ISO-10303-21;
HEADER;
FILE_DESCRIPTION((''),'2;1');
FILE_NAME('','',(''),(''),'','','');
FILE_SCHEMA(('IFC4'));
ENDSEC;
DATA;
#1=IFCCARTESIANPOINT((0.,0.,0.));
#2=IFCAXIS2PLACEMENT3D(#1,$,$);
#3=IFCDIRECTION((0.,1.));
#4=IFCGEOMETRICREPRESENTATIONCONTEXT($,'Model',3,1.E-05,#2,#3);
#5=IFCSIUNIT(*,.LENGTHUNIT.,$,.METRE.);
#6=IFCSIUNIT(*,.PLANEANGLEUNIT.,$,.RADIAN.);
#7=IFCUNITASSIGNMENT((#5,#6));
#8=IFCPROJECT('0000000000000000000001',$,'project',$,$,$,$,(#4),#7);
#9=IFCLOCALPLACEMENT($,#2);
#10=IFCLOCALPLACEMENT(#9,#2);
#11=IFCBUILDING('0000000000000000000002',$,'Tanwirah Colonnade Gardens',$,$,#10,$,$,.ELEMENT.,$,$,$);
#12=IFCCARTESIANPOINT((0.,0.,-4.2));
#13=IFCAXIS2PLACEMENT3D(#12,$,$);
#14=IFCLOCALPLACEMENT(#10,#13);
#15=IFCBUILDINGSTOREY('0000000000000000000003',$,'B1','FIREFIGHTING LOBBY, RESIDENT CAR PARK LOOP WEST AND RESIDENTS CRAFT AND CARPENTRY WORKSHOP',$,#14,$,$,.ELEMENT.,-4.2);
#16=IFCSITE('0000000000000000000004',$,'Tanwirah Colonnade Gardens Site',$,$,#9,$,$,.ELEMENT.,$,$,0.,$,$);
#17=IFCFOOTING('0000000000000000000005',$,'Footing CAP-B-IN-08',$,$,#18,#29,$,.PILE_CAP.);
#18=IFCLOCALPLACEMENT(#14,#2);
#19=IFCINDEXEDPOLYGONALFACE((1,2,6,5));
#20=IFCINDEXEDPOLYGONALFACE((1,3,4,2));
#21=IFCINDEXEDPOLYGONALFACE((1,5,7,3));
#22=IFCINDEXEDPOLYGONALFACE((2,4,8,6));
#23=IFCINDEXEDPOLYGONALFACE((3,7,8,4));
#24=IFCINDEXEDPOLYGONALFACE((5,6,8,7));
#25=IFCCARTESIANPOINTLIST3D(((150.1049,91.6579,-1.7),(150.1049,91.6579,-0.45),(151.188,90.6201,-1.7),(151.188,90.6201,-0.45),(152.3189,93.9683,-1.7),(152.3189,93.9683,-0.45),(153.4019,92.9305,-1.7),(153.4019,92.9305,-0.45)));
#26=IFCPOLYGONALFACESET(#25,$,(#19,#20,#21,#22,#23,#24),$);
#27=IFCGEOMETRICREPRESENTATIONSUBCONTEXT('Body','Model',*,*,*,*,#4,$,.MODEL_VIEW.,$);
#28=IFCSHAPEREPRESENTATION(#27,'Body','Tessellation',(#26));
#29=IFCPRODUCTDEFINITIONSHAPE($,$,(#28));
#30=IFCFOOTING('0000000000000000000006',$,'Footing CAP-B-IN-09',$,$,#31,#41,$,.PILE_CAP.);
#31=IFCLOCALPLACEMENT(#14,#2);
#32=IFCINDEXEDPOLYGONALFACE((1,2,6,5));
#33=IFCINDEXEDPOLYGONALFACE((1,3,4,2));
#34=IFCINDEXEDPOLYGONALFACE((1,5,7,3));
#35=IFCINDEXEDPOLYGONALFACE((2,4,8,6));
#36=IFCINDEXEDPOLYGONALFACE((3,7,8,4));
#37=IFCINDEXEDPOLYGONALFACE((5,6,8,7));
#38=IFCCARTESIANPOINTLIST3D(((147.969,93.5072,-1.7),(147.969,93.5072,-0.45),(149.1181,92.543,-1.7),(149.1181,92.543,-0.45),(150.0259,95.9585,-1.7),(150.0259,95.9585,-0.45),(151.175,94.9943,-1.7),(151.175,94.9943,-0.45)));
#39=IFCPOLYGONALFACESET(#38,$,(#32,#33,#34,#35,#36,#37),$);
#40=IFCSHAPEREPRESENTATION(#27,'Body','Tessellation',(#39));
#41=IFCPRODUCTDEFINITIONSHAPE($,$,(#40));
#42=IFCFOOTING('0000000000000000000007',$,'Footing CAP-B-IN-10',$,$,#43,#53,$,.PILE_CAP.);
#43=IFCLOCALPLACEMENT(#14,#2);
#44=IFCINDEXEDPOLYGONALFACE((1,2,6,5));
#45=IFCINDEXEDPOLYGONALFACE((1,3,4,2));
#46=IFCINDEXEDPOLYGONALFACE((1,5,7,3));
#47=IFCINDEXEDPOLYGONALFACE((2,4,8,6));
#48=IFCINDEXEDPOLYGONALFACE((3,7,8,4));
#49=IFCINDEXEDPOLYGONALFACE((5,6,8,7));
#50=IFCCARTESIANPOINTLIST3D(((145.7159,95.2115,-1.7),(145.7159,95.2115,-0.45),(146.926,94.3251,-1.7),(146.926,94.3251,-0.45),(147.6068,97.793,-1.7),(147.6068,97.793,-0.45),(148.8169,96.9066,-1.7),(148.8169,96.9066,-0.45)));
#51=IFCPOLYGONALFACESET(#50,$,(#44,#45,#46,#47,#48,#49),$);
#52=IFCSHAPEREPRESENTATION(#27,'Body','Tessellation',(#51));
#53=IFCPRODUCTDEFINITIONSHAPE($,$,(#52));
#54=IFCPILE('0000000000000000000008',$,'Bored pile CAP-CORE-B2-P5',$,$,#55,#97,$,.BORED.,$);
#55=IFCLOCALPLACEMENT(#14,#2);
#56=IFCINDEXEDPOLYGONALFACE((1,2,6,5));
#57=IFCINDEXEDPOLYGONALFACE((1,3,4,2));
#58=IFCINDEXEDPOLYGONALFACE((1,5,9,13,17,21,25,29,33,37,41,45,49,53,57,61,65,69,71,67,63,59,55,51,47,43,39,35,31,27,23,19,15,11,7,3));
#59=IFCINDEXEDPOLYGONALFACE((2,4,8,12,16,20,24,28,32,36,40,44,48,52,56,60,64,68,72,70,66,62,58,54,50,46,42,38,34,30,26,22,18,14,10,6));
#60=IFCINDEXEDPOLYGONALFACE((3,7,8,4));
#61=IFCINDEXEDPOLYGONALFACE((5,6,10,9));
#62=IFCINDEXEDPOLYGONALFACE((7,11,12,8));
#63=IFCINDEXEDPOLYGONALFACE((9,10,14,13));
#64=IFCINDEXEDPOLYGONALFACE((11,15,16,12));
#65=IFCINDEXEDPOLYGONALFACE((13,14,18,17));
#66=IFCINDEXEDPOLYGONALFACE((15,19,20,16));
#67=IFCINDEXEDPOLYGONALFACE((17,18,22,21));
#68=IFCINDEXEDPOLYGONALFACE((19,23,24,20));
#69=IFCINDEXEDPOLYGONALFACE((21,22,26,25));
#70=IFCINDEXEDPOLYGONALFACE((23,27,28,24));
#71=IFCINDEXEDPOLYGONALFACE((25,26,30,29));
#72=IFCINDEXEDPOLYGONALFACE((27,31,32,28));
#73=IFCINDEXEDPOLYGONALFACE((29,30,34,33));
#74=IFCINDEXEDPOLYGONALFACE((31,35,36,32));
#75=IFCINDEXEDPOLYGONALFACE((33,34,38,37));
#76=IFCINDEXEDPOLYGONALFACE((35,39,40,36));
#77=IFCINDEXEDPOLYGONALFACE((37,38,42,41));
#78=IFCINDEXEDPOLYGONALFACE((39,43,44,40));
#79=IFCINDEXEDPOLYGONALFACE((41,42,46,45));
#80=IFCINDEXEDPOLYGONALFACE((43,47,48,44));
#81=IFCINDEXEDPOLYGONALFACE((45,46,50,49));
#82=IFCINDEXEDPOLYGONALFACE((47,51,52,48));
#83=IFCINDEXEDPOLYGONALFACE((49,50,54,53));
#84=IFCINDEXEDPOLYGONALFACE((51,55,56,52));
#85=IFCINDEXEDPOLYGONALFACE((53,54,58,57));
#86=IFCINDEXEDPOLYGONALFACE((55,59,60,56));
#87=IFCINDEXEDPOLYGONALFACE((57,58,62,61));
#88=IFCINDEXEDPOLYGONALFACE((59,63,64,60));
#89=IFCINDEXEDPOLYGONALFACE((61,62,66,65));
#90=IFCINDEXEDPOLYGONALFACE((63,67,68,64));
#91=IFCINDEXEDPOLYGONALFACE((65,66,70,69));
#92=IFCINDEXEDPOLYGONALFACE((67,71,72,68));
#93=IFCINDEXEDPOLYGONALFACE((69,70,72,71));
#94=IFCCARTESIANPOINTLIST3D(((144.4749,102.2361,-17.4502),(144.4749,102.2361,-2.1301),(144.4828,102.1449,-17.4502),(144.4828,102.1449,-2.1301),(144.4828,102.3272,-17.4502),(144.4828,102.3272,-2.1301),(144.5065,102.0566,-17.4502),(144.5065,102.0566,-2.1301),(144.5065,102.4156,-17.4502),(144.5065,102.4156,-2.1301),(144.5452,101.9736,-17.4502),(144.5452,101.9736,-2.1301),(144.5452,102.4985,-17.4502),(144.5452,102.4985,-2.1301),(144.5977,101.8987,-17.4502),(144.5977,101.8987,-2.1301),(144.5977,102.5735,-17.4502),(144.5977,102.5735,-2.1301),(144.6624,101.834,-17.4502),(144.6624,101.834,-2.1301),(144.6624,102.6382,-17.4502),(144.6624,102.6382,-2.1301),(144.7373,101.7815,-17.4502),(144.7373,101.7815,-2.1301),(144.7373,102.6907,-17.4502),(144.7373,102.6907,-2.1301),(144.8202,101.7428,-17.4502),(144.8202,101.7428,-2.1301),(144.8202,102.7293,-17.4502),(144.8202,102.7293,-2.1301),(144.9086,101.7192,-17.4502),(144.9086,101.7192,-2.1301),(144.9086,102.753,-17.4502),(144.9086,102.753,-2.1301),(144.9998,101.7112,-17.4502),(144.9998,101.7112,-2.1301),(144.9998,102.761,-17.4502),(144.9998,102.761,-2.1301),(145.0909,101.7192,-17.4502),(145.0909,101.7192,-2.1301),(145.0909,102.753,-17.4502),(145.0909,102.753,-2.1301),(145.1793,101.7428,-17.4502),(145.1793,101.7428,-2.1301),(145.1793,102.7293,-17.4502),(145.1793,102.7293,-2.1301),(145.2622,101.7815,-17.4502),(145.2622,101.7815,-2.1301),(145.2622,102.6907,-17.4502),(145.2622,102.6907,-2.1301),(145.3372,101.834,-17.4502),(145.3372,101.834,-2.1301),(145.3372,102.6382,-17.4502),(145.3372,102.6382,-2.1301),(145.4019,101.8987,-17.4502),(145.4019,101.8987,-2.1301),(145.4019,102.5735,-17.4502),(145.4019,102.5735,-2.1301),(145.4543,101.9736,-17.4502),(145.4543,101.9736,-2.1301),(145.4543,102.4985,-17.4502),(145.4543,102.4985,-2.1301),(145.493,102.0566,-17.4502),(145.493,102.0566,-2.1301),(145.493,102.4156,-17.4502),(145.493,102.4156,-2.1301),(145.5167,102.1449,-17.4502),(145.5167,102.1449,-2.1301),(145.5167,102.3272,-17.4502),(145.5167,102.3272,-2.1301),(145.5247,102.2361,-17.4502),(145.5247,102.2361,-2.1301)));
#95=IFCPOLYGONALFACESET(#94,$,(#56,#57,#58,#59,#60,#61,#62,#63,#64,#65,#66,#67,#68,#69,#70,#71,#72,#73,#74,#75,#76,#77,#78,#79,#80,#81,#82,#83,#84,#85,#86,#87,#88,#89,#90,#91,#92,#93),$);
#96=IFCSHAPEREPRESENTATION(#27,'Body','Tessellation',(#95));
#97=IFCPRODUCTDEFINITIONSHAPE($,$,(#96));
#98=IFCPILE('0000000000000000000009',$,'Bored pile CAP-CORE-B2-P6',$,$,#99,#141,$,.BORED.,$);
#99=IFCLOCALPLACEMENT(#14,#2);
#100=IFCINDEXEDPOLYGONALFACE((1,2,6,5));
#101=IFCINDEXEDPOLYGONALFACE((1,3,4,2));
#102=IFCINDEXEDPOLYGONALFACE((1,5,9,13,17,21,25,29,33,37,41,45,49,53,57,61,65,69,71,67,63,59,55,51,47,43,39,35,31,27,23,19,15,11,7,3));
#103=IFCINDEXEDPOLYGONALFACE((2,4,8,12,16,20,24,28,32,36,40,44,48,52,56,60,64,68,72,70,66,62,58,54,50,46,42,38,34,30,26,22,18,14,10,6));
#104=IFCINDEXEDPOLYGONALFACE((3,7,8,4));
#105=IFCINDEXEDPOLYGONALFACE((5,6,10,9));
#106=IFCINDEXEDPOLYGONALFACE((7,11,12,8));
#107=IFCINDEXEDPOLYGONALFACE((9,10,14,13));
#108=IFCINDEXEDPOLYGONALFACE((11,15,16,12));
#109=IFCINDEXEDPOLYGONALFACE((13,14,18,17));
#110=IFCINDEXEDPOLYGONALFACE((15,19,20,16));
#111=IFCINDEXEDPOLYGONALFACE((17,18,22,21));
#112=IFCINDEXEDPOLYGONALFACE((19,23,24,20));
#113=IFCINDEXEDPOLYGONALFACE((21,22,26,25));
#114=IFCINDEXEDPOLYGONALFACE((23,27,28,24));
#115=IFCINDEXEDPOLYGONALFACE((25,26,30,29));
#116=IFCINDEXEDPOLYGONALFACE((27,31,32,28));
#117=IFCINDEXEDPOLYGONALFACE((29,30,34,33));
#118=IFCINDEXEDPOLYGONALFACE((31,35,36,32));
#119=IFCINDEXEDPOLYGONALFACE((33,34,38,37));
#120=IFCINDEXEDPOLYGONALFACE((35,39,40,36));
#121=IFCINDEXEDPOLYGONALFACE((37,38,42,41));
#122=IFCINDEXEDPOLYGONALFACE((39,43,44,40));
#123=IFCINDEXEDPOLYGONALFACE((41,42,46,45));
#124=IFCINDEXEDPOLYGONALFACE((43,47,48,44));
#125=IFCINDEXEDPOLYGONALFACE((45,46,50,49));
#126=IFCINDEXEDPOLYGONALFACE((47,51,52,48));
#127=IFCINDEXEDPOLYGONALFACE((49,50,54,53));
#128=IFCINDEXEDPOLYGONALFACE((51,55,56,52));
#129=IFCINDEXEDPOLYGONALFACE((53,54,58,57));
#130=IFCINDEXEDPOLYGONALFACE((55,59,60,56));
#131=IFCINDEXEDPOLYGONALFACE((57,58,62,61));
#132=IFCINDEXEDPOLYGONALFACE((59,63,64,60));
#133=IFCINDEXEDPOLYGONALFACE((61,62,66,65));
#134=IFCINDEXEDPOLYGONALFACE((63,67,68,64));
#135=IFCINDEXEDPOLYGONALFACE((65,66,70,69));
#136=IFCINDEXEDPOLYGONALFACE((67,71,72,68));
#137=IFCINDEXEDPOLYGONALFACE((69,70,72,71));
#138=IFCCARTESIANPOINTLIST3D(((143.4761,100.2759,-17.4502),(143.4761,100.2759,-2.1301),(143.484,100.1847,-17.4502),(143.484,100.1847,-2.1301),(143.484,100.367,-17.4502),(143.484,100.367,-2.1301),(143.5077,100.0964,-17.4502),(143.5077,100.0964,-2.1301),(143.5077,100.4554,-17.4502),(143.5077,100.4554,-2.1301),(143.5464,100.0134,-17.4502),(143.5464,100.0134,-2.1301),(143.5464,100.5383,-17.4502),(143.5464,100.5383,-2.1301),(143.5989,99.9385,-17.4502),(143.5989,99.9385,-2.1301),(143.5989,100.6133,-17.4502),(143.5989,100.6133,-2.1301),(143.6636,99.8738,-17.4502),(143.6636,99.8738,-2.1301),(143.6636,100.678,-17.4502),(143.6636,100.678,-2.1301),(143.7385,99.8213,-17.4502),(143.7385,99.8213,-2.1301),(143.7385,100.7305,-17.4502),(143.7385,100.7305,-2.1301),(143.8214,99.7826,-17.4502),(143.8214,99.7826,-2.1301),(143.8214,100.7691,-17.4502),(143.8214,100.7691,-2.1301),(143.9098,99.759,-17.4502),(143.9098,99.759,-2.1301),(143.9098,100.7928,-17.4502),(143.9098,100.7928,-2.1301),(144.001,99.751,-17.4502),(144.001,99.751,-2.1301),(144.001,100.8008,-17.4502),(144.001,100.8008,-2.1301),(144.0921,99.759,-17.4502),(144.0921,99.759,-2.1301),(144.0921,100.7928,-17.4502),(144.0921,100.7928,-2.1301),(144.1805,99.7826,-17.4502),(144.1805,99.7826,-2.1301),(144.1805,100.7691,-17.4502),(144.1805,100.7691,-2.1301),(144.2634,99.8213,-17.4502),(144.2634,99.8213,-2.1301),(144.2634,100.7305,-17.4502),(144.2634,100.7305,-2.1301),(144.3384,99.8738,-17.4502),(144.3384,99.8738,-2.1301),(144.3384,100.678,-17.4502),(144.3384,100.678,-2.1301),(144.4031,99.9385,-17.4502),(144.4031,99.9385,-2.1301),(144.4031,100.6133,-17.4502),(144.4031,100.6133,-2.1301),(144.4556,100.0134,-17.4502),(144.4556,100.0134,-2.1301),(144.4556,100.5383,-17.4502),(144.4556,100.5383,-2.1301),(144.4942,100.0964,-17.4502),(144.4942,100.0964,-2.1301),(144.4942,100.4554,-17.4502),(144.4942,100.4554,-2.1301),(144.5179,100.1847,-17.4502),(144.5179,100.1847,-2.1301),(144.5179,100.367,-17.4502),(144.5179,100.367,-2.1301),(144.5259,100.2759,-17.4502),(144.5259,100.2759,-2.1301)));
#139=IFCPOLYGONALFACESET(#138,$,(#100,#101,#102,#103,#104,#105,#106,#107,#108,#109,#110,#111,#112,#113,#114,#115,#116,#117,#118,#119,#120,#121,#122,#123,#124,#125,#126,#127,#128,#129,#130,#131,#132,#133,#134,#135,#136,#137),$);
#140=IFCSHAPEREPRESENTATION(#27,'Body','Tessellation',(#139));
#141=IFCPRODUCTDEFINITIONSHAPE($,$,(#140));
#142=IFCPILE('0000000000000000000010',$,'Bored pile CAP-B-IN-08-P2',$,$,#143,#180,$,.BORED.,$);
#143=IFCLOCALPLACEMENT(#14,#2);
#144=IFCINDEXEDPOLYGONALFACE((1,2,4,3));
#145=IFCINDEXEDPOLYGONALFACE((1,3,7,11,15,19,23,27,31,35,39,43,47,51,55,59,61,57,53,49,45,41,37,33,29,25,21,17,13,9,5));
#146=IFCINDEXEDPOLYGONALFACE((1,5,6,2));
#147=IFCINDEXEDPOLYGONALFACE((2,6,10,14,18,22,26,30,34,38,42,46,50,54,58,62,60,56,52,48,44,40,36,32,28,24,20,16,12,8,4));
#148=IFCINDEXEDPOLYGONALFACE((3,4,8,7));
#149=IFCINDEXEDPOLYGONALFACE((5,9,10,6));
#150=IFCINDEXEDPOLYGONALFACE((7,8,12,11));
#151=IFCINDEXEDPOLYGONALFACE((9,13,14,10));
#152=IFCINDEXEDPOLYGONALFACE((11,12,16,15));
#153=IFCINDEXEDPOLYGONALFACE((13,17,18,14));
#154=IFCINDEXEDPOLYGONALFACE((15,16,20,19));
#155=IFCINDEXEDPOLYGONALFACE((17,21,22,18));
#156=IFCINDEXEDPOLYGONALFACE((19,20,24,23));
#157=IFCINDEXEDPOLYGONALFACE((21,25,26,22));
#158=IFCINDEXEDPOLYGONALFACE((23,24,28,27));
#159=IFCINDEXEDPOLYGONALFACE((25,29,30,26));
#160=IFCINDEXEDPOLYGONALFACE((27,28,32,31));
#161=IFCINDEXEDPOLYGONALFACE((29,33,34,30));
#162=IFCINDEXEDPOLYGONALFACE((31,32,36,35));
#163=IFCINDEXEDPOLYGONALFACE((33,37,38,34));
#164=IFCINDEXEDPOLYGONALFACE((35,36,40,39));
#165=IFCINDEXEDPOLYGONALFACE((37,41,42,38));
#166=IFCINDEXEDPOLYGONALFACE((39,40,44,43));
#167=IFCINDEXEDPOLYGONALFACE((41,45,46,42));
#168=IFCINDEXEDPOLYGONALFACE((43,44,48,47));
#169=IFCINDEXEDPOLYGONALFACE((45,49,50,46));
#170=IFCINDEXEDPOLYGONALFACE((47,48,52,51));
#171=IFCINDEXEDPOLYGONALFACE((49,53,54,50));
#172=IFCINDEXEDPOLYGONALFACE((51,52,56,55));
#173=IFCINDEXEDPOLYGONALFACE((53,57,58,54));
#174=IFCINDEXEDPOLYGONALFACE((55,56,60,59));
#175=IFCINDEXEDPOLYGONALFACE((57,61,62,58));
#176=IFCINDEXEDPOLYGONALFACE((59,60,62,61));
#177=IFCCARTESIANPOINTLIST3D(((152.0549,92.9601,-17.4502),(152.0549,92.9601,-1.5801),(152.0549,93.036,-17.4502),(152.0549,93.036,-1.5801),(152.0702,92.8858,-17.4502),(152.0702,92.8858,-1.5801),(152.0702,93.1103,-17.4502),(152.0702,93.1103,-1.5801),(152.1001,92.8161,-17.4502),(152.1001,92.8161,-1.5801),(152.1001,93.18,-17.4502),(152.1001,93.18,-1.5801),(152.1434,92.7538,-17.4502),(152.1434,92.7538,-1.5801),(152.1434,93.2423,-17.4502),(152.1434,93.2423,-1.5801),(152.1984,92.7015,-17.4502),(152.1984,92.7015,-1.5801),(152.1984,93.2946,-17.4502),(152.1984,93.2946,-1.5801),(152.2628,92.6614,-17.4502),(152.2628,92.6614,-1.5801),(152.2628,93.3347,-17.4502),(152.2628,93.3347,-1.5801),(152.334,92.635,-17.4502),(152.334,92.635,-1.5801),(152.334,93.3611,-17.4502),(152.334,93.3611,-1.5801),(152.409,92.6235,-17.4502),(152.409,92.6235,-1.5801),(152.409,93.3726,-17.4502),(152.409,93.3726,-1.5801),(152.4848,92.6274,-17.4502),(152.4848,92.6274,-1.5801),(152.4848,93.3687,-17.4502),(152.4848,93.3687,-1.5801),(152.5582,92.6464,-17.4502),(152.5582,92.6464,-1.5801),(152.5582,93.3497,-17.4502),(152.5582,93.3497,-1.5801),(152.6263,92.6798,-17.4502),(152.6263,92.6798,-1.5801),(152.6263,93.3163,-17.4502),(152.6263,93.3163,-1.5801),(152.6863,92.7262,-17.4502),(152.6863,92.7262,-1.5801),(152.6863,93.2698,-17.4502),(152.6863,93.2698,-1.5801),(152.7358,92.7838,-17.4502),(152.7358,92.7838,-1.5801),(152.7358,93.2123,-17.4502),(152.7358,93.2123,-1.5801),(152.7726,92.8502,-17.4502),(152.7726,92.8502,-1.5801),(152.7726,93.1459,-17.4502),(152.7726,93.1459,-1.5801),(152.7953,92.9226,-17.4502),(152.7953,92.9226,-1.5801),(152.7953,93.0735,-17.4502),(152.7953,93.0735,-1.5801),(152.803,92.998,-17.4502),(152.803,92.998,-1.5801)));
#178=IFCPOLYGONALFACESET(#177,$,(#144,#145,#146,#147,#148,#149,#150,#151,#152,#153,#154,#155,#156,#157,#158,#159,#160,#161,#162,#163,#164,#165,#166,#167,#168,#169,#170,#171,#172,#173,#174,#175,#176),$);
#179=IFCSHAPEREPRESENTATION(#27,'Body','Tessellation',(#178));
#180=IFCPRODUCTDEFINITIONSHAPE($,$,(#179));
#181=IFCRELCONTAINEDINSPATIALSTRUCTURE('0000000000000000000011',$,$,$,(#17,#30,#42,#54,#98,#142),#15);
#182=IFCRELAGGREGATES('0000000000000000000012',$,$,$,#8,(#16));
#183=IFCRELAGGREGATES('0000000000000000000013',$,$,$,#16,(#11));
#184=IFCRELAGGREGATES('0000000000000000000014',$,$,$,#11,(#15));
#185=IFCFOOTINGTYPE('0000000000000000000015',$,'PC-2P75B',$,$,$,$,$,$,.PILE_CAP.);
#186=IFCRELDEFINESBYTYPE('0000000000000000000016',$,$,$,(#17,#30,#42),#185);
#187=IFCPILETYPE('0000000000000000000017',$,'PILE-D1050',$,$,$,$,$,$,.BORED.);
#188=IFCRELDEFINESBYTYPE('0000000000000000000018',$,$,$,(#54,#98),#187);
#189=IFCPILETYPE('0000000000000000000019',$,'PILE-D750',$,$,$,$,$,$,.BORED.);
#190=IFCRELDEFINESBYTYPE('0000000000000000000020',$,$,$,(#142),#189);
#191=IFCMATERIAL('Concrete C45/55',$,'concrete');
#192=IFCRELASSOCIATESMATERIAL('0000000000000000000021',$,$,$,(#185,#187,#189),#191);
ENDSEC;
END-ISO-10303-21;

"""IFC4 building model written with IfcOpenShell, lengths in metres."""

from ifc_helpers import new_model, si_unit, direction, frame, origin, origin_2d, place, context, subcontext, project, spatial, rectangle, circle, extrude, material, material_profile, profile_set, type_object, element, save


model = new_model("IFC4")

# Units and contexts
model_context = context("Model", 3, precision=1e-05, world=origin(), true_north=direction((0.0, 1.0)))
body_context = subcontext(model_context, "Body", "Model", "MODEL_VIEW")
ifc_project = project(units=[si_unit("LENGTHUNIT", "METRE"), si_unit("PLANEANGLEUNIT", "RADIAN")], contexts=[model_context])

# Site, building, storey
site_placement = place(None, origin())
site = spatial("IfcSite", under=ifc_project, at=site_placement, Name="Tanwirah Colonnade Gardens Site", CompositionType="ELEMENT", RefElevation=0.0)
building_placement = place(site_placement, origin())
building = spatial("IfcBuilding", under=site, at=building_placement, Name="Tanwirah Colonnade Gardens", CompositionType="ELEMENT")
storey_placement = place(building_placement, frame((0.0, 0.0, -4.2)))
storey = spatial("IfcBuildingStorey", under=building, at=storey_placement, Name="B1", Description="FIREFIGHTING LOBBY, RESIDENT CAR PARK LOOP WEST AND RESIDENTS CRAFT AND CARPENTRY WORKSHOP", CompositionType="ELEMENT", Elevation=-4.2)

# Footings
ifc_material_1 = material(Name="Concrete C45/55", Category="concrete")
footing_type = type_object("IfcFootingType", Name="PC-2P75B", PredefinedType="PILE_CAP", material=ifc_material_1)
for number, where, z_axis, x_axis, name in (
    (1, (151.7534, 92.2942, -1.7), (0.0, 0.0, 1.0), (0.691863, 0.722029, 0.0), "Footing CAP-B-IN-08"),
    (2, (149.572, 94.2507, -1.7), (0.0, 0.0, 1.0), (0.642788, 0.766044, 0.0), "Footing CAP-B-IN-09"),
    (3, (147.2664, 96.0591, -1.7), (0.0, 0.0, 1.0), (0.590919, 0.806731, 0.0), "Footing CAP-B-IN-10"),
):
    element("IfcFooting", number, at=place(storey_placement, frame(where, z_axis=z_axis, x_axis=x_axis)), inside=storey, type_object=footing_type, Name=name, PredefinedType="PILE_CAP", context=body_context, shape_type="SweptSolid", body=[
        extrude(rectangle(XDim=3.2, YDim=1.5, at=origin_2d()), origin(), (0.0, 0.0, 1.0), 1.25),
    ])

# Piles
ifc_material_profile_1 = material_profile(ifc_material_1, circle(Radius=0.5249, at=origin_2d()), Name="PILE D1050")
ifc_profile_set_1 = profile_set([ifc_material_profile_1], Name="Concrete C45/55")
pile_type_1 = type_object("IfcPileType", Name="PILE-D1050", PredefinedType="BORED", material=ifc_profile_set_1)
for number, where, z_axis, x_axis, name in (
    (4, (144.9998, 102.2361, -2.1301), (0.0, 0.0, -1.0), (1.0, 0.0, 0.0), "Bored pile CAP-CORE-B2-P5"),
    (5, (144.001, 100.2759, -2.1301), (0.0, 0.0, -1.0), (1.0, 0.0, 0.0), "Bored pile CAP-CORE-B2-P6"),
):
    element("IfcPile", number, at=place(storey_placement, frame(where, z_axis=z_axis, x_axis=x_axis)), inside=storey, type_object=pile_type_1, Name=name, PredefinedType="BORED", context=body_context, shape_type="SweptSolid", body=[
        extrude(circle(Radius=0.5249, at=origin_2d()), origin(), (0.0, 0.0, 1.0), 15.3201),
    ])
ifc_material_profile_2 = material_profile(ifc_material_1, circle(Radius=0.375, at=origin_2d()), Name="PILE D750")
ifc_profile_set_2 = profile_set([ifc_material_profile_2], Name="Concrete C45/55")
pile_type_2 = type_object("IfcPileType", Name="PILE-D750", PredefinedType="BORED", material=ifc_profile_set_2)
for number, where, z_axis, x_axis, name in (
    (6, (152.428, 92.998, -1.5801), (0.0, 0.0, -1.0), (1.0, 0.0, 0.0), "Bored pile CAP-B-IN-08-P2"),
):
    element("IfcPile", number, at=place(storey_placement, frame(where, z_axis=z_axis, x_axis=x_axis)), inside=storey, type_object=pile_type_2, Name=name, PredefinedType="BORED", context=body_context, shape_type="SweptSolid", body=[
        extrude(circle(Radius=0.375, at=origin_2d()), origin(), (0.0, 0.0, 1.0), 15.8701),
    ])

save(model, "model.ifc")
